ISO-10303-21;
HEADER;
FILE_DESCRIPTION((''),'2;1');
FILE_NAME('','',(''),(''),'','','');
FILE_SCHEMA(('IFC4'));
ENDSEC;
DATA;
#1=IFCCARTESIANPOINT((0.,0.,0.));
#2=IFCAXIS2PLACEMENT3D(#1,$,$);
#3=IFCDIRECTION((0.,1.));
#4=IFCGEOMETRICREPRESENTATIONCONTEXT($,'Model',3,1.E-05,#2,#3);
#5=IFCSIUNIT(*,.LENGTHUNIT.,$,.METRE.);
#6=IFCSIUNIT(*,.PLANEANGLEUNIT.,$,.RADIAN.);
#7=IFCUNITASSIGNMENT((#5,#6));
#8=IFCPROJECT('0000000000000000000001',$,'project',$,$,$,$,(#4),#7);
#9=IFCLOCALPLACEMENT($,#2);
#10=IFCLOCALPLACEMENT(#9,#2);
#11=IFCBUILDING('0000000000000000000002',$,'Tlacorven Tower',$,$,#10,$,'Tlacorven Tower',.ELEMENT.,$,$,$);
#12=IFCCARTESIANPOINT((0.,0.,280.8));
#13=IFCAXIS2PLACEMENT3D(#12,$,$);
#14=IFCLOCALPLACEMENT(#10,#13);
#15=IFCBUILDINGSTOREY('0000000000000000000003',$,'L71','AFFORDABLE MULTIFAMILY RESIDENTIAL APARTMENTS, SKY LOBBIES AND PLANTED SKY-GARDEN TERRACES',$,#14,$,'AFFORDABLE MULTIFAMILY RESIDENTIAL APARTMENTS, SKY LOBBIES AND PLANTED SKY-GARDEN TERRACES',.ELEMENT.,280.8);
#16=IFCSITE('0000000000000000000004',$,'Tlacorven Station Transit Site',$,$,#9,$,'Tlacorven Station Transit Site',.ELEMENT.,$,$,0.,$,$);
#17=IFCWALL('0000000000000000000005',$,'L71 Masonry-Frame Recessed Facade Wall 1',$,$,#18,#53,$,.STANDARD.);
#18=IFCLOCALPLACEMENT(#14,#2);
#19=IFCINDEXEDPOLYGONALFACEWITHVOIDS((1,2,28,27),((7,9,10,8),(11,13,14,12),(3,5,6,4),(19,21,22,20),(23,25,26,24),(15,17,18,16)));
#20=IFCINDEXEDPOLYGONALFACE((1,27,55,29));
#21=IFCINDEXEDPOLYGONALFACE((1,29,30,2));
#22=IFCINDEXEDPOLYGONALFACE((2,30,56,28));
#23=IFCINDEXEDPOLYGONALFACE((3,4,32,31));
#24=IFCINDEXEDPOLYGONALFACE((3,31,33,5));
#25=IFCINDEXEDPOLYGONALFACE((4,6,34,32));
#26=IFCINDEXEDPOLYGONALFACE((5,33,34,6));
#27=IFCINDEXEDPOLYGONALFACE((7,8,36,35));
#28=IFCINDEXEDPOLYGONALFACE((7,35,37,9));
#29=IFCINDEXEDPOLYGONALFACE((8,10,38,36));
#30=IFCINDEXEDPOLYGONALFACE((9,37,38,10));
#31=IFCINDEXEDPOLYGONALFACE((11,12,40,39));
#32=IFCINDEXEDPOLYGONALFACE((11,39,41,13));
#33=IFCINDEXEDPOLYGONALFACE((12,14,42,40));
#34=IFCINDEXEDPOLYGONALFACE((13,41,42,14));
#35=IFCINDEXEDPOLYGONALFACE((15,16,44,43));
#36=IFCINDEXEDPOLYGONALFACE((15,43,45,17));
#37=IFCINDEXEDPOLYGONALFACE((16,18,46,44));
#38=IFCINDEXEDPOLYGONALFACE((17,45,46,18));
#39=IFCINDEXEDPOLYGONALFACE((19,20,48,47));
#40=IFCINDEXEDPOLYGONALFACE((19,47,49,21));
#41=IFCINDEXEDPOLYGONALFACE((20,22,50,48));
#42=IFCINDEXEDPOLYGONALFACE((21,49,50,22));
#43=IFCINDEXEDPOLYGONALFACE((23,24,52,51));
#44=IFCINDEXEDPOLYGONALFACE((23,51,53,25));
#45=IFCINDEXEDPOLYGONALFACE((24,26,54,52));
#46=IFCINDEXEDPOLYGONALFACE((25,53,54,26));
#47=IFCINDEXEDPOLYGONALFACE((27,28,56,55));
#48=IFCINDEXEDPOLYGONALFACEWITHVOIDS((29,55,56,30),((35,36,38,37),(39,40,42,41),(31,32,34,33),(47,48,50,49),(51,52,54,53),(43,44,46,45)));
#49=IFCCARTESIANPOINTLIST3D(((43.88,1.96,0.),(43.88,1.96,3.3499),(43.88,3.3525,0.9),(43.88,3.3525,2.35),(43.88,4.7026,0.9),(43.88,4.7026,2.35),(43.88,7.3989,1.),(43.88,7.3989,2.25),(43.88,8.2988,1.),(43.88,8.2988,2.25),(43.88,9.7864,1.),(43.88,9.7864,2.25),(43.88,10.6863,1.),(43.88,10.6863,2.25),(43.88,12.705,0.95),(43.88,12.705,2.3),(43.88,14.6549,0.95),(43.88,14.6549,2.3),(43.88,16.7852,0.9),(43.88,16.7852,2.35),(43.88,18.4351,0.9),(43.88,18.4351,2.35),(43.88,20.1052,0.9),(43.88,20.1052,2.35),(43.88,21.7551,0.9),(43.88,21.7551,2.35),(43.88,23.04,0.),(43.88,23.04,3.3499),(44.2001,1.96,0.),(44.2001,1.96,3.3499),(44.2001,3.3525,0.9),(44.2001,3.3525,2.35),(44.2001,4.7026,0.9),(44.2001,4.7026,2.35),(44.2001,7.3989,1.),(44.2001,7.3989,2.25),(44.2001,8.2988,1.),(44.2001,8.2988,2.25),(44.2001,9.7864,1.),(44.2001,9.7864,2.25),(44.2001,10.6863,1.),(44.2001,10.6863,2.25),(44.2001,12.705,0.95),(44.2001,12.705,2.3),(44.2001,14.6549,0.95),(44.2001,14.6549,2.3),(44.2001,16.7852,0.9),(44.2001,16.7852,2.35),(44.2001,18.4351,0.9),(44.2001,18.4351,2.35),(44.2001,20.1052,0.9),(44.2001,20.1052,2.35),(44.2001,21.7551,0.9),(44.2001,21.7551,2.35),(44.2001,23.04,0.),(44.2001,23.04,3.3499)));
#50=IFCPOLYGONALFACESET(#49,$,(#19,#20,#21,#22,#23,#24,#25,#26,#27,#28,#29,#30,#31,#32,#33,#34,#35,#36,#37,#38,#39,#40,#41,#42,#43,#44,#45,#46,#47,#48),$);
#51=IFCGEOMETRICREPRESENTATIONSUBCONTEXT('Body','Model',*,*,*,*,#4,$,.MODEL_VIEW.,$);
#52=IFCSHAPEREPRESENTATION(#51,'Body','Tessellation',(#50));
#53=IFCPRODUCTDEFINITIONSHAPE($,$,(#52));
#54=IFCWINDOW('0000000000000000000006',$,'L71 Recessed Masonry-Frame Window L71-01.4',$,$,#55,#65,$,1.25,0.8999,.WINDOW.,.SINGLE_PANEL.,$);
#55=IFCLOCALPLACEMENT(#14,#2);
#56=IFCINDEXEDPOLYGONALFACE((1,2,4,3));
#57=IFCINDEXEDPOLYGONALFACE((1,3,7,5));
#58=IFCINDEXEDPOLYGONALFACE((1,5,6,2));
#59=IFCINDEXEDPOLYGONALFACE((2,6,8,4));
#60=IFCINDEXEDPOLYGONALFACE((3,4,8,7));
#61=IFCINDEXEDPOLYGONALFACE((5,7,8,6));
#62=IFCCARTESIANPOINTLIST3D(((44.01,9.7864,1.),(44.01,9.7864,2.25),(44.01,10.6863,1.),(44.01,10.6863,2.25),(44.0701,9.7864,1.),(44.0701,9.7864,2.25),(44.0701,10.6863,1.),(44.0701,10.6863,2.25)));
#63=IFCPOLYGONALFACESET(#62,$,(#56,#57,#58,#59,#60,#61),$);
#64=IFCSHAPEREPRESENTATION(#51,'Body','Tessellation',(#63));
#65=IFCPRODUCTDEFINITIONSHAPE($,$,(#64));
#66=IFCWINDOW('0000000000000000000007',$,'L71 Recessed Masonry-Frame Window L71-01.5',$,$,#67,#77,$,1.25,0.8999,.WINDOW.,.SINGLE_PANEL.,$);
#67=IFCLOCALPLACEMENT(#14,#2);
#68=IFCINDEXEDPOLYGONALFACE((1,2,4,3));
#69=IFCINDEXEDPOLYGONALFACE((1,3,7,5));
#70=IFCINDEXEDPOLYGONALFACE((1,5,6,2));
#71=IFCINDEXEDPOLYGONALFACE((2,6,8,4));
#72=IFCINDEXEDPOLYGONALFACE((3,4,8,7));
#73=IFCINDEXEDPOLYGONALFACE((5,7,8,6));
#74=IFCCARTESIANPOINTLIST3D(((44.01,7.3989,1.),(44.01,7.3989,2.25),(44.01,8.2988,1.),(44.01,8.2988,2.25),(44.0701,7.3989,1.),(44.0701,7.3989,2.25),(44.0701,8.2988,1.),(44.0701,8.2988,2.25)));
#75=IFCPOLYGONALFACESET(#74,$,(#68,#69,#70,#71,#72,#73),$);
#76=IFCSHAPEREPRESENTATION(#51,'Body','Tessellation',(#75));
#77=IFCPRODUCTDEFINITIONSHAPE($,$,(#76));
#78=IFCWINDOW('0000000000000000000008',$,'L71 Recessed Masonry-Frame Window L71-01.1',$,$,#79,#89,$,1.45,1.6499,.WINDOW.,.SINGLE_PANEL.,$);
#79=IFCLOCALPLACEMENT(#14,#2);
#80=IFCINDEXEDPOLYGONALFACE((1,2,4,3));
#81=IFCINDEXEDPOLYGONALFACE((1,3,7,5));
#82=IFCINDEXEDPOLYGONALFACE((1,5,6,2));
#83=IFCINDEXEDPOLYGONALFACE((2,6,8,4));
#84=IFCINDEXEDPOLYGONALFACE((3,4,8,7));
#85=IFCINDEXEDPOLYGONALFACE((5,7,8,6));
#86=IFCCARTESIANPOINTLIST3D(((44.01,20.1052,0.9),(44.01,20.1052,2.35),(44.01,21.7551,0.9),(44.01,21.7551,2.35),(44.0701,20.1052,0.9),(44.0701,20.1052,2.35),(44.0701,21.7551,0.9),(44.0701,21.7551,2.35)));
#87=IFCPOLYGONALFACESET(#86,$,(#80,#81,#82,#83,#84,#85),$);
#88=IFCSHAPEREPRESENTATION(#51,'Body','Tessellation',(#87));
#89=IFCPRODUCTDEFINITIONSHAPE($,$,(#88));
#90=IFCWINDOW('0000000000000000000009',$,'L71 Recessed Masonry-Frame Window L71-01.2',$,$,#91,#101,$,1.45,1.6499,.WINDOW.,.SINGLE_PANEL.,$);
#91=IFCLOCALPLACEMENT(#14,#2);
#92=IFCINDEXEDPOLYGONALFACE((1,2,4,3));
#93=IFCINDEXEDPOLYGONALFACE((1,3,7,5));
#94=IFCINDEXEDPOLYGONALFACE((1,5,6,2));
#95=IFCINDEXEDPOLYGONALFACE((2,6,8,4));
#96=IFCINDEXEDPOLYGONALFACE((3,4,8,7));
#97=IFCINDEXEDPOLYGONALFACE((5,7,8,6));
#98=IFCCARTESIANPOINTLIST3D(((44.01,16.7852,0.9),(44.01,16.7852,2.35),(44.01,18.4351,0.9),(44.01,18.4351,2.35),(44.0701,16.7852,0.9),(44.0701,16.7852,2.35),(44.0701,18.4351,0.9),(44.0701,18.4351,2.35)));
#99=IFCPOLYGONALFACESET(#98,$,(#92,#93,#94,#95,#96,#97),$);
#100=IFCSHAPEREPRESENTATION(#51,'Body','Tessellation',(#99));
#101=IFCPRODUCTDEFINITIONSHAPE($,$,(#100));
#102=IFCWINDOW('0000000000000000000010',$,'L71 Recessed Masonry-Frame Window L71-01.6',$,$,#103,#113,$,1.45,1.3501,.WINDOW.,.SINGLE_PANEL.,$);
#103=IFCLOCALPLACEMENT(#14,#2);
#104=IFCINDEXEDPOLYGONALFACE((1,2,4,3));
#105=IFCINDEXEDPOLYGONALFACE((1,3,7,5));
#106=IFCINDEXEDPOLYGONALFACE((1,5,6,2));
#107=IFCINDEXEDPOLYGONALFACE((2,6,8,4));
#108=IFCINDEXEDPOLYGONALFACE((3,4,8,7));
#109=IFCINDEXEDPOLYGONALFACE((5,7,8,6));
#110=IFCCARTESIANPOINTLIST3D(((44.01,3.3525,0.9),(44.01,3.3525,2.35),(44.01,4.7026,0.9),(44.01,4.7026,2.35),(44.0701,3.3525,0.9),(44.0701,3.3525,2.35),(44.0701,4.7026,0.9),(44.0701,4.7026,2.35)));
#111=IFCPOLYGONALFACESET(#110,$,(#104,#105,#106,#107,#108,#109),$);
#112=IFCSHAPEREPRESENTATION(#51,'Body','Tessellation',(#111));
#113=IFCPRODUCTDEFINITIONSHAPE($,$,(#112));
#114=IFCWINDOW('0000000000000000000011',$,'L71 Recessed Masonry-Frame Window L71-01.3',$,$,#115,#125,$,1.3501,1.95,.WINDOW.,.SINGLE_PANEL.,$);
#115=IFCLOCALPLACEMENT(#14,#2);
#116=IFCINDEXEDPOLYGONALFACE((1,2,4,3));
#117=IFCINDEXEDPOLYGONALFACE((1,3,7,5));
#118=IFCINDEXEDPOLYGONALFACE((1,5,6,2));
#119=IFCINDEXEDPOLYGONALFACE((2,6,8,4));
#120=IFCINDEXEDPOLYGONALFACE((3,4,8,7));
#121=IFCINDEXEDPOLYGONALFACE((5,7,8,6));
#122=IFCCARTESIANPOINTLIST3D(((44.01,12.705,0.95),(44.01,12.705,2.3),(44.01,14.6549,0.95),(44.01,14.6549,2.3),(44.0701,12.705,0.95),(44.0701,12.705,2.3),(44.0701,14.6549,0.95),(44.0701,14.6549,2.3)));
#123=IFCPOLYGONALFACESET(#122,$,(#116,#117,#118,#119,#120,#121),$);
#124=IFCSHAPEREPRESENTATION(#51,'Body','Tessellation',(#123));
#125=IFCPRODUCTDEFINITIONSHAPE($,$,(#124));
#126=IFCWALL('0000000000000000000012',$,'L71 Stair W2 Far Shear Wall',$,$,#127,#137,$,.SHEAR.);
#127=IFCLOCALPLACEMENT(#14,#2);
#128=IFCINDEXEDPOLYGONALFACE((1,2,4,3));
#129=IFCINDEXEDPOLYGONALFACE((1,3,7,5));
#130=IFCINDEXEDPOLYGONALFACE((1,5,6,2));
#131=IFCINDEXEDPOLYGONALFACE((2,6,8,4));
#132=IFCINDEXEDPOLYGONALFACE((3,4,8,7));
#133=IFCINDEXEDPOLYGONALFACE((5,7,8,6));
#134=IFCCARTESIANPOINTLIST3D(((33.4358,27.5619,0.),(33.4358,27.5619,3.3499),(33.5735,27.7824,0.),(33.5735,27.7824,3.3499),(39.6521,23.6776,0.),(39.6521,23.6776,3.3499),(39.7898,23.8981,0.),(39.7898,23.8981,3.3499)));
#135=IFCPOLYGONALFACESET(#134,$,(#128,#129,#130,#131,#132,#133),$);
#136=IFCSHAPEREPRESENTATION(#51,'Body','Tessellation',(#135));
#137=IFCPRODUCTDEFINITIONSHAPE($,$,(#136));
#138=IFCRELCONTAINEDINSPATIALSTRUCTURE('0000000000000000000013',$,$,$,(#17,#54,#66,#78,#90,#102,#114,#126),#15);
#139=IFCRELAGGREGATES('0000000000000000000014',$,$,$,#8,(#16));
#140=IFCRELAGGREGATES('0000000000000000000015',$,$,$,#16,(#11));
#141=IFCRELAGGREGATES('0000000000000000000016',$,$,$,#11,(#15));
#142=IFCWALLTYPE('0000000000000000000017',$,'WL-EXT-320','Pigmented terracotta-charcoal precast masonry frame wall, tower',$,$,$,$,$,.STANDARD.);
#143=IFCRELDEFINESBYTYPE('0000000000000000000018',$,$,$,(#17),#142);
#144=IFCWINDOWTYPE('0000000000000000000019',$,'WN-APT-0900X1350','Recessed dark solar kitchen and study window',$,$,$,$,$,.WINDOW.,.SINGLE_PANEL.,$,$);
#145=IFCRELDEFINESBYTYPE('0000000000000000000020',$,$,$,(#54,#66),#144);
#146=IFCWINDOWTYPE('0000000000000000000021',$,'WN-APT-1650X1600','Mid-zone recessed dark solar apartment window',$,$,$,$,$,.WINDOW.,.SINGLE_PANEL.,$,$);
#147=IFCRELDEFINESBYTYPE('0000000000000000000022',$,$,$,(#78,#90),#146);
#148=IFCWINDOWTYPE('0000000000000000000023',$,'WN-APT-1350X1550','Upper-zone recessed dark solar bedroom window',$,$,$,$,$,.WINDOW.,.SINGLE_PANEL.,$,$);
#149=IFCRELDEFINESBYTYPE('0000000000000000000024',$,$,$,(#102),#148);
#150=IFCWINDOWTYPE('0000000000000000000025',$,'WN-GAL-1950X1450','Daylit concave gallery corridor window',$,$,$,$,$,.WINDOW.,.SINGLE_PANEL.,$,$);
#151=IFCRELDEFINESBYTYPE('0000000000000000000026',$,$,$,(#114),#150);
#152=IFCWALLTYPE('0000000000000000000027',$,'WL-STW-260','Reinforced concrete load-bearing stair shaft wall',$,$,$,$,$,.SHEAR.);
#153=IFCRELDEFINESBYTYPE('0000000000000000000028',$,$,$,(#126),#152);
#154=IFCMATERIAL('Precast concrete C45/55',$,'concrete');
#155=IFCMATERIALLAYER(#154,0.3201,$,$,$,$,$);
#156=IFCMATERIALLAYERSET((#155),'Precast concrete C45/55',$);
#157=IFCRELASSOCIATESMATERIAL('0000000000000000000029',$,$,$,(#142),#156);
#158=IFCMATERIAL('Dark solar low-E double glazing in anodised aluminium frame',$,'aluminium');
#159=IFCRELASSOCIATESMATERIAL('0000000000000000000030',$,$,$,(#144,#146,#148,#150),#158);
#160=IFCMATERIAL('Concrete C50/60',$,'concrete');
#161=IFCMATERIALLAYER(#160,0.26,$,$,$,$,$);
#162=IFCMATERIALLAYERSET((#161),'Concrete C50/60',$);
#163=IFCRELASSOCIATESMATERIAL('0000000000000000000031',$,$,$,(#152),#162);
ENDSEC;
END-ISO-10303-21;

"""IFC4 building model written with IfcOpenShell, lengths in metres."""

from ifc_helpers import new_model, si_unit, direction, frame, frame_2d, origin, place, context, subcontext, project, spatial, rectangle, extrude, source, transform, mapped, material, layer, layer_set, type_object, element, fill, save


model = new_model("IFC4")

# Units and contexts
model_context = context("Model", 3, precision=1e-05, world=origin(), true_north=direction((0.0, 1.0)))
body_context = subcontext(model_context, "Body", "Model", "MODEL_VIEW")
ifc_project = project(units=[si_unit("LENGTHUNIT", "METRE"), si_unit("PLANEANGLEUNIT", "RADIAN")], contexts=[model_context])

# Site, building, storey
site_placement = place(None, origin())
site = spatial("IfcSite", under=ifc_project, at=site_placement, Name="Tlacorven Station Transit Site", LongName="Tlacorven Station Transit Site", CompositionType="ELEMENT", RefElevation=0.0)
building_placement = place(site_placement, origin())
building = spatial("IfcBuilding", under=site, at=building_placement, Name="Tlacorven Tower", LongName="Tlacorven Tower", CompositionType="ELEMENT")
storey_placement = place(building_placement, frame((0.0, 0.0, 280.8)))
storey = spatial("IfcBuildingStorey", under=building, at=storey_placement, Name="L71", Description="AFFORDABLE MULTIFAMILY RESIDENTIAL APARTMENTS, SKY LOBBIES AND PLANTED SKY-GARDEN TERRACES", LongName="AFFORDABLE MULTIFAMILY RESIDENTIAL APARTMENTS, SKY LOBBIES AND PLANTED SKY-GARDEN TERRACES", CompositionType="ELEMENT", Elevation=280.8)

# Shared definitions
ifc_material_1 = material(Name="Concrete C50/60", Category="concrete")

# Wall, openings, windows
ifc_material_2 = material(Name="Precast concrete C45/55", Category="concrete")
ifc_layer_1 = layer(ifc_material_2, 0.3201)
ifc_layer_set_1 = layer_set([ifc_layer_1], Name="Precast concrete C45/55")
wall_type_1 = type_object("IfcWallType", Name="WL-EXT-320", Description="Pigmented terracotta-charcoal precast masonry frame wall, tower", PredefinedType="STANDARD", material=ifc_layer_set_1)
wall_1_placement = place(storey_placement, frame((44.04, 23.04, 0.0), z_axis=(0.0, 0.0, 1.0), x_axis=(0.0, -1.0, 0.0)))
wall_1 = element("IfcWall", 1, at=wall_1_placement, inside=storey, type_object=wall_type_1, Name="L71 Masonry-Frame Recessed Facade Wall 1", PredefinedType="STANDARD", context=body_context, shape_type="SweptSolid", body=[
    extrude(rectangle(XDim=21.0801, YDim=0.3201, at=frame_2d((10.54, 0.0))), origin(), (0.0, 0.0, 1.0), 3.3499),
])
opening_1_placement = place(wall_1_placement, frame((1.2849, 0.0, 0.8999)))
opening_1 = element("IfcOpeningElement", 2, at=opening_1_placement, cuts=wall_1, PredefinedType="OPENING", context=body_context, shape_type="SweptSolid", body=[
    extrude(rectangle(XDim=1.6499, YDim=1.45, at=frame_2d((0.825, 0.7251))), frame((0.0, 0.1699, 0.0), z_axis=(0.0, -1.0, 0.0), x_axis=(1.0, 0.0, 0.0)), (0.0, 0.0, 1.0), 0.3401),
])
opening_2_placement = place(wall_1_placement, frame((4.605, 0.0, 0.8999)))
opening_2 = element("IfcOpeningElement", 3, at=opening_2_placement, cuts=wall_1, PredefinedType="OPENING", context=body_context, shape_type="SweptSolid", body=[
    extrude(rectangle(XDim=1.6499, YDim=1.45, at=frame_2d((0.825, 0.7251))), frame((0.0, 0.1699, 0.0), z_axis=(0.0, -1.0, 0.0), x_axis=(1.0, 0.0, 0.0)), (0.0, 0.0, 1.0), 0.3401),
])
opening_3_placement = place(wall_1_placement, frame((8.385, 0.0, 0.95)))
opening_3 = element("IfcOpeningElement", 4, at=opening_3_placement, cuts=wall_1, PredefinedType="OPENING", context=body_context, shape_type="SweptSolid", body=[
    extrude(rectangle(XDim=1.95, YDim=1.3501, at=frame_2d((0.9751, 0.675))), frame((0.0, 0.1699, 0.0), z_axis=(0.0, -1.0, 0.0), x_axis=(1.0, 0.0, 0.0)), (0.0, 0.0, 1.0), 0.3401),
])
opening_4_placement = place(wall_1_placement, frame((12.3538, 0.0, 1.0)))
opening_4 = element("IfcOpeningElement", 5, at=opening_4_placement, cuts=wall_1, PredefinedType="OPENING", context=body_context, shape_type="SweptSolid", body=[
    extrude(rectangle(XDim=0.8999, YDim=1.25, at=frame_2d((0.45, 0.625))), frame((0.0, 0.1699, 0.0), z_axis=(0.0, -1.0, 0.0), x_axis=(1.0, 0.0, 0.0)), (0.0, 0.0, 1.0), 0.3401),
])
opening_5_placement = place(wall_1_placement, frame((14.7412, 0.0, 1.0)))
opening_5 = element("IfcOpeningElement", 6, at=opening_5_placement, cuts=wall_1, PredefinedType="OPENING", context=body_context, shape_type="SweptSolid", body=[
    extrude(rectangle(XDim=0.8999, YDim=1.25, at=frame_2d((0.45, 0.625))), frame((0.0, 0.1699, 0.0), z_axis=(0.0, -1.0, 0.0), x_axis=(1.0, 0.0, 0.0)), (0.0, 0.0, 1.0), 0.3401),
])
opening_6_placement = place(wall_1_placement, frame((18.3374, 0.0, 0.8999)))
opening_6 = element("IfcOpeningElement", 7, at=opening_6_placement, cuts=wall_1, PredefinedType="OPENING", context=body_context, shape_type="SweptSolid", body=[
    extrude(rectangle(XDim=1.3501, YDim=1.45, at=frame_2d((0.675, 0.7251))), frame((0.0, 0.1699, 0.0), z_axis=(0.0, -1.0, 0.0), x_axis=(1.0, 0.0, 0.0)), (0.0, 0.0, 1.0), 0.3401),
])
ifc_material_3 = material(Name="Dark solar low-E double glazing in anodised aluminium frame", Category="aluminium")
window_type_1 = type_object("IfcWindowType", Name="WN-APT-0900X1350", Description="Recessed dark solar kitchen and study window", PartitioningType="SINGLE_PANEL", PredefinedType="WINDOW", material=ifc_material_3)
shared_shape_1 = source(origin(), body_context, "Body", "SweptSolid", [
    extrude(rectangle(XDim=0.8999, YDim=1.25, at=frame_2d((0.45, 0.625))), frame((0.0, 0.03, 0.0), z_axis=(0.0, -1.0, 0.0), x_axis=(1.0, 0.0, 0.0)), (0.0, 0.0, 1.0), 0.0601),
])
window_1_placement = place(opening_4_placement, origin())
window_1 = element("IfcWindow", 8, at=window_1_placement, inside=storey, type_object=window_type_1, Name="L71 Recessed Masonry-Frame Window L71-01.4", OverallHeight=1.25, OverallWidth=0.8999, PartitioningType="SINGLE_PANEL", PredefinedType="WINDOW", context=body_context, shape_type="MappedRepresentation", body=[
    mapped(shared_shape_1, transform((0.0, 0.0, 0.0), scale=1.0)),
])
fill(opening_4, window_1)
window_2_placement = place(opening_5_placement, origin())
window_2 = element("IfcWindow", 9, at=window_2_placement, inside=storey, type_object=window_type_1, Name="L71 Recessed Masonry-Frame Window L71-01.5", OverallHeight=1.25, OverallWidth=0.8999, PartitioningType="SINGLE_PANEL", PredefinedType="WINDOW", context=body_context, shape_type="MappedRepresentation", body=[
    mapped(shared_shape_1, transform((0.0, 0.0, 0.0), scale=1.0)),
])
fill(opening_5, window_2)
window_type_2 = type_object("IfcWindowType", Name="WN-APT-1650X1600", Description="Mid-zone recessed dark solar apartment window", PartitioningType="SINGLE_PANEL", PredefinedType="WINDOW", material=ifc_material_3)
shared_shape_2 = source(origin(), body_context, "Body", "SweptSolid", [
    extrude(rectangle(XDim=1.6499, YDim=1.45, at=frame_2d((0.825, 0.7251))), frame((0.0, 0.03, 0.0), z_axis=(0.0, -1.0, 0.0), x_axis=(1.0, 0.0, 0.0)), (0.0, 0.0, 1.0), 0.0601),
])
window_3_placement = place(opening_1_placement, origin())
window_3 = element("IfcWindow", 10, at=window_3_placement, inside=storey, type_object=window_type_2, Name="L71 Recessed Masonry-Frame Window L71-01.1", OverallHeight=1.45, OverallWidth=1.6499, PartitioningType="SINGLE_PANEL", PredefinedType="WINDOW", context=body_context, shape_type="MappedRepresentation", body=[
    mapped(shared_shape_2, transform((0.0, 0.0, 0.0), scale=1.0)),
])
fill(opening_1, window_3)
window_4_placement = place(opening_2_placement, origin())
window_4 = element("IfcWindow", 11, at=window_4_placement, inside=storey, type_object=window_type_2, Name="L71 Recessed Masonry-Frame Window L71-01.2", OverallHeight=1.45, OverallWidth=1.6499, PartitioningType="SINGLE_PANEL", PredefinedType="WINDOW", context=body_context, shape_type="MappedRepresentation", body=[
    mapped(shared_shape_2, transform((0.0, 0.0, 0.0), scale=1.0)),
])
fill(opening_2, window_4)
window_type_3 = type_object("IfcWindowType", Name="WN-APT-1350X1550", Description="Upper-zone recessed dark solar bedroom window", PartitioningType="SINGLE_PANEL", PredefinedType="WINDOW", material=ifc_material_3)
shared_shape_3 = source(origin(), body_context, "Body", "SweptSolid", [
    extrude(rectangle(XDim=1.3501, YDim=1.45, at=frame_2d((0.675, 0.7251))), frame((0.0, 0.03, 0.0), z_axis=(0.0, -1.0, 0.0), x_axis=(1.0, 0.0, 0.0)), (0.0, 0.0, 1.0), 0.0601),
])
window_5_placement = place(opening_6_placement, origin())
window_5 = element("IfcWindow", 12, at=window_5_placement, inside=storey, type_object=window_type_3, Name="L71 Recessed Masonry-Frame Window L71-01.6", OverallHeight=1.45, OverallWidth=1.3501, PartitioningType="SINGLE_PANEL", PredefinedType="WINDOW", context=body_context, shape_type="MappedRepresentation", body=[
    mapped(shared_shape_3, transform((0.0, 0.0, 0.0), scale=1.0)),
])
fill(opening_6, window_5)
window_type_4 = type_object("IfcWindowType", Name="WN-GAL-1950X1450", Description="Daylit concave gallery corridor window", PartitioningType="SINGLE_PANEL", PredefinedType="WINDOW", material=ifc_material_3)
shared_shape_4 = source(origin(), body_context, "Body", "SweptSolid", [
    extrude(rectangle(XDim=1.95, YDim=1.3501, at=frame_2d((0.9751, 0.675))), frame((0.0, 0.03, 0.0), z_axis=(0.0, -1.0, 0.0), x_axis=(1.0, 0.0, 0.0)), (0.0, 0.0, 1.0), 0.0601),
])
window_6_placement = place(opening_3_placement, origin())
window_6 = element("IfcWindow", 13, at=window_6_placement, inside=storey, type_object=window_type_4, Name="L71 Recessed Masonry-Frame Window L71-01.3", OverallHeight=1.3501, OverallWidth=1.95, PartitioningType="SINGLE_PANEL", PredefinedType="WINDOW", context=body_context, shape_type="MappedRepresentation", body=[
    mapped(shared_shape_4, transform((0.0, 0.0, 0.0), scale=1.0)),
])
fill(opening_3, window_6)

# Wall
ifc_layer_2 = layer(ifc_material_1, 0.26)
ifc_layer_set_2 = layer_set([ifc_layer_2], Name="Concrete C50/60")
wall_type_2 = type_object("IfcWallType", Name="WL-STW-260", Description="Reinforced concrete load-bearing stair shaft wall", PredefinedType="SHEAR", material=ifc_layer_set_2)
wall_2_placement = place(storey_placement, frame((39.7209, 23.7878, 0.0), z_axis=(0.0, 0.0, 1.0), x_axis=(-0.848054, 0.529909, 0.0)))
element("IfcWall", 14, at=wall_2_placement, inside=storey, type_object=wall_type_2, Name="L71 Stair W2 Far Shear Wall", PredefinedType="SHEAR", context=body_context, shape_type="SweptSolid", body=[
    extrude(rectangle(XDim=7.3301, YDim=0.26, at=frame_2d((3.665, 0.0))), origin(), (0.0, 0.0, 1.0), 3.3499),
])

save(model, "model.ifc")
